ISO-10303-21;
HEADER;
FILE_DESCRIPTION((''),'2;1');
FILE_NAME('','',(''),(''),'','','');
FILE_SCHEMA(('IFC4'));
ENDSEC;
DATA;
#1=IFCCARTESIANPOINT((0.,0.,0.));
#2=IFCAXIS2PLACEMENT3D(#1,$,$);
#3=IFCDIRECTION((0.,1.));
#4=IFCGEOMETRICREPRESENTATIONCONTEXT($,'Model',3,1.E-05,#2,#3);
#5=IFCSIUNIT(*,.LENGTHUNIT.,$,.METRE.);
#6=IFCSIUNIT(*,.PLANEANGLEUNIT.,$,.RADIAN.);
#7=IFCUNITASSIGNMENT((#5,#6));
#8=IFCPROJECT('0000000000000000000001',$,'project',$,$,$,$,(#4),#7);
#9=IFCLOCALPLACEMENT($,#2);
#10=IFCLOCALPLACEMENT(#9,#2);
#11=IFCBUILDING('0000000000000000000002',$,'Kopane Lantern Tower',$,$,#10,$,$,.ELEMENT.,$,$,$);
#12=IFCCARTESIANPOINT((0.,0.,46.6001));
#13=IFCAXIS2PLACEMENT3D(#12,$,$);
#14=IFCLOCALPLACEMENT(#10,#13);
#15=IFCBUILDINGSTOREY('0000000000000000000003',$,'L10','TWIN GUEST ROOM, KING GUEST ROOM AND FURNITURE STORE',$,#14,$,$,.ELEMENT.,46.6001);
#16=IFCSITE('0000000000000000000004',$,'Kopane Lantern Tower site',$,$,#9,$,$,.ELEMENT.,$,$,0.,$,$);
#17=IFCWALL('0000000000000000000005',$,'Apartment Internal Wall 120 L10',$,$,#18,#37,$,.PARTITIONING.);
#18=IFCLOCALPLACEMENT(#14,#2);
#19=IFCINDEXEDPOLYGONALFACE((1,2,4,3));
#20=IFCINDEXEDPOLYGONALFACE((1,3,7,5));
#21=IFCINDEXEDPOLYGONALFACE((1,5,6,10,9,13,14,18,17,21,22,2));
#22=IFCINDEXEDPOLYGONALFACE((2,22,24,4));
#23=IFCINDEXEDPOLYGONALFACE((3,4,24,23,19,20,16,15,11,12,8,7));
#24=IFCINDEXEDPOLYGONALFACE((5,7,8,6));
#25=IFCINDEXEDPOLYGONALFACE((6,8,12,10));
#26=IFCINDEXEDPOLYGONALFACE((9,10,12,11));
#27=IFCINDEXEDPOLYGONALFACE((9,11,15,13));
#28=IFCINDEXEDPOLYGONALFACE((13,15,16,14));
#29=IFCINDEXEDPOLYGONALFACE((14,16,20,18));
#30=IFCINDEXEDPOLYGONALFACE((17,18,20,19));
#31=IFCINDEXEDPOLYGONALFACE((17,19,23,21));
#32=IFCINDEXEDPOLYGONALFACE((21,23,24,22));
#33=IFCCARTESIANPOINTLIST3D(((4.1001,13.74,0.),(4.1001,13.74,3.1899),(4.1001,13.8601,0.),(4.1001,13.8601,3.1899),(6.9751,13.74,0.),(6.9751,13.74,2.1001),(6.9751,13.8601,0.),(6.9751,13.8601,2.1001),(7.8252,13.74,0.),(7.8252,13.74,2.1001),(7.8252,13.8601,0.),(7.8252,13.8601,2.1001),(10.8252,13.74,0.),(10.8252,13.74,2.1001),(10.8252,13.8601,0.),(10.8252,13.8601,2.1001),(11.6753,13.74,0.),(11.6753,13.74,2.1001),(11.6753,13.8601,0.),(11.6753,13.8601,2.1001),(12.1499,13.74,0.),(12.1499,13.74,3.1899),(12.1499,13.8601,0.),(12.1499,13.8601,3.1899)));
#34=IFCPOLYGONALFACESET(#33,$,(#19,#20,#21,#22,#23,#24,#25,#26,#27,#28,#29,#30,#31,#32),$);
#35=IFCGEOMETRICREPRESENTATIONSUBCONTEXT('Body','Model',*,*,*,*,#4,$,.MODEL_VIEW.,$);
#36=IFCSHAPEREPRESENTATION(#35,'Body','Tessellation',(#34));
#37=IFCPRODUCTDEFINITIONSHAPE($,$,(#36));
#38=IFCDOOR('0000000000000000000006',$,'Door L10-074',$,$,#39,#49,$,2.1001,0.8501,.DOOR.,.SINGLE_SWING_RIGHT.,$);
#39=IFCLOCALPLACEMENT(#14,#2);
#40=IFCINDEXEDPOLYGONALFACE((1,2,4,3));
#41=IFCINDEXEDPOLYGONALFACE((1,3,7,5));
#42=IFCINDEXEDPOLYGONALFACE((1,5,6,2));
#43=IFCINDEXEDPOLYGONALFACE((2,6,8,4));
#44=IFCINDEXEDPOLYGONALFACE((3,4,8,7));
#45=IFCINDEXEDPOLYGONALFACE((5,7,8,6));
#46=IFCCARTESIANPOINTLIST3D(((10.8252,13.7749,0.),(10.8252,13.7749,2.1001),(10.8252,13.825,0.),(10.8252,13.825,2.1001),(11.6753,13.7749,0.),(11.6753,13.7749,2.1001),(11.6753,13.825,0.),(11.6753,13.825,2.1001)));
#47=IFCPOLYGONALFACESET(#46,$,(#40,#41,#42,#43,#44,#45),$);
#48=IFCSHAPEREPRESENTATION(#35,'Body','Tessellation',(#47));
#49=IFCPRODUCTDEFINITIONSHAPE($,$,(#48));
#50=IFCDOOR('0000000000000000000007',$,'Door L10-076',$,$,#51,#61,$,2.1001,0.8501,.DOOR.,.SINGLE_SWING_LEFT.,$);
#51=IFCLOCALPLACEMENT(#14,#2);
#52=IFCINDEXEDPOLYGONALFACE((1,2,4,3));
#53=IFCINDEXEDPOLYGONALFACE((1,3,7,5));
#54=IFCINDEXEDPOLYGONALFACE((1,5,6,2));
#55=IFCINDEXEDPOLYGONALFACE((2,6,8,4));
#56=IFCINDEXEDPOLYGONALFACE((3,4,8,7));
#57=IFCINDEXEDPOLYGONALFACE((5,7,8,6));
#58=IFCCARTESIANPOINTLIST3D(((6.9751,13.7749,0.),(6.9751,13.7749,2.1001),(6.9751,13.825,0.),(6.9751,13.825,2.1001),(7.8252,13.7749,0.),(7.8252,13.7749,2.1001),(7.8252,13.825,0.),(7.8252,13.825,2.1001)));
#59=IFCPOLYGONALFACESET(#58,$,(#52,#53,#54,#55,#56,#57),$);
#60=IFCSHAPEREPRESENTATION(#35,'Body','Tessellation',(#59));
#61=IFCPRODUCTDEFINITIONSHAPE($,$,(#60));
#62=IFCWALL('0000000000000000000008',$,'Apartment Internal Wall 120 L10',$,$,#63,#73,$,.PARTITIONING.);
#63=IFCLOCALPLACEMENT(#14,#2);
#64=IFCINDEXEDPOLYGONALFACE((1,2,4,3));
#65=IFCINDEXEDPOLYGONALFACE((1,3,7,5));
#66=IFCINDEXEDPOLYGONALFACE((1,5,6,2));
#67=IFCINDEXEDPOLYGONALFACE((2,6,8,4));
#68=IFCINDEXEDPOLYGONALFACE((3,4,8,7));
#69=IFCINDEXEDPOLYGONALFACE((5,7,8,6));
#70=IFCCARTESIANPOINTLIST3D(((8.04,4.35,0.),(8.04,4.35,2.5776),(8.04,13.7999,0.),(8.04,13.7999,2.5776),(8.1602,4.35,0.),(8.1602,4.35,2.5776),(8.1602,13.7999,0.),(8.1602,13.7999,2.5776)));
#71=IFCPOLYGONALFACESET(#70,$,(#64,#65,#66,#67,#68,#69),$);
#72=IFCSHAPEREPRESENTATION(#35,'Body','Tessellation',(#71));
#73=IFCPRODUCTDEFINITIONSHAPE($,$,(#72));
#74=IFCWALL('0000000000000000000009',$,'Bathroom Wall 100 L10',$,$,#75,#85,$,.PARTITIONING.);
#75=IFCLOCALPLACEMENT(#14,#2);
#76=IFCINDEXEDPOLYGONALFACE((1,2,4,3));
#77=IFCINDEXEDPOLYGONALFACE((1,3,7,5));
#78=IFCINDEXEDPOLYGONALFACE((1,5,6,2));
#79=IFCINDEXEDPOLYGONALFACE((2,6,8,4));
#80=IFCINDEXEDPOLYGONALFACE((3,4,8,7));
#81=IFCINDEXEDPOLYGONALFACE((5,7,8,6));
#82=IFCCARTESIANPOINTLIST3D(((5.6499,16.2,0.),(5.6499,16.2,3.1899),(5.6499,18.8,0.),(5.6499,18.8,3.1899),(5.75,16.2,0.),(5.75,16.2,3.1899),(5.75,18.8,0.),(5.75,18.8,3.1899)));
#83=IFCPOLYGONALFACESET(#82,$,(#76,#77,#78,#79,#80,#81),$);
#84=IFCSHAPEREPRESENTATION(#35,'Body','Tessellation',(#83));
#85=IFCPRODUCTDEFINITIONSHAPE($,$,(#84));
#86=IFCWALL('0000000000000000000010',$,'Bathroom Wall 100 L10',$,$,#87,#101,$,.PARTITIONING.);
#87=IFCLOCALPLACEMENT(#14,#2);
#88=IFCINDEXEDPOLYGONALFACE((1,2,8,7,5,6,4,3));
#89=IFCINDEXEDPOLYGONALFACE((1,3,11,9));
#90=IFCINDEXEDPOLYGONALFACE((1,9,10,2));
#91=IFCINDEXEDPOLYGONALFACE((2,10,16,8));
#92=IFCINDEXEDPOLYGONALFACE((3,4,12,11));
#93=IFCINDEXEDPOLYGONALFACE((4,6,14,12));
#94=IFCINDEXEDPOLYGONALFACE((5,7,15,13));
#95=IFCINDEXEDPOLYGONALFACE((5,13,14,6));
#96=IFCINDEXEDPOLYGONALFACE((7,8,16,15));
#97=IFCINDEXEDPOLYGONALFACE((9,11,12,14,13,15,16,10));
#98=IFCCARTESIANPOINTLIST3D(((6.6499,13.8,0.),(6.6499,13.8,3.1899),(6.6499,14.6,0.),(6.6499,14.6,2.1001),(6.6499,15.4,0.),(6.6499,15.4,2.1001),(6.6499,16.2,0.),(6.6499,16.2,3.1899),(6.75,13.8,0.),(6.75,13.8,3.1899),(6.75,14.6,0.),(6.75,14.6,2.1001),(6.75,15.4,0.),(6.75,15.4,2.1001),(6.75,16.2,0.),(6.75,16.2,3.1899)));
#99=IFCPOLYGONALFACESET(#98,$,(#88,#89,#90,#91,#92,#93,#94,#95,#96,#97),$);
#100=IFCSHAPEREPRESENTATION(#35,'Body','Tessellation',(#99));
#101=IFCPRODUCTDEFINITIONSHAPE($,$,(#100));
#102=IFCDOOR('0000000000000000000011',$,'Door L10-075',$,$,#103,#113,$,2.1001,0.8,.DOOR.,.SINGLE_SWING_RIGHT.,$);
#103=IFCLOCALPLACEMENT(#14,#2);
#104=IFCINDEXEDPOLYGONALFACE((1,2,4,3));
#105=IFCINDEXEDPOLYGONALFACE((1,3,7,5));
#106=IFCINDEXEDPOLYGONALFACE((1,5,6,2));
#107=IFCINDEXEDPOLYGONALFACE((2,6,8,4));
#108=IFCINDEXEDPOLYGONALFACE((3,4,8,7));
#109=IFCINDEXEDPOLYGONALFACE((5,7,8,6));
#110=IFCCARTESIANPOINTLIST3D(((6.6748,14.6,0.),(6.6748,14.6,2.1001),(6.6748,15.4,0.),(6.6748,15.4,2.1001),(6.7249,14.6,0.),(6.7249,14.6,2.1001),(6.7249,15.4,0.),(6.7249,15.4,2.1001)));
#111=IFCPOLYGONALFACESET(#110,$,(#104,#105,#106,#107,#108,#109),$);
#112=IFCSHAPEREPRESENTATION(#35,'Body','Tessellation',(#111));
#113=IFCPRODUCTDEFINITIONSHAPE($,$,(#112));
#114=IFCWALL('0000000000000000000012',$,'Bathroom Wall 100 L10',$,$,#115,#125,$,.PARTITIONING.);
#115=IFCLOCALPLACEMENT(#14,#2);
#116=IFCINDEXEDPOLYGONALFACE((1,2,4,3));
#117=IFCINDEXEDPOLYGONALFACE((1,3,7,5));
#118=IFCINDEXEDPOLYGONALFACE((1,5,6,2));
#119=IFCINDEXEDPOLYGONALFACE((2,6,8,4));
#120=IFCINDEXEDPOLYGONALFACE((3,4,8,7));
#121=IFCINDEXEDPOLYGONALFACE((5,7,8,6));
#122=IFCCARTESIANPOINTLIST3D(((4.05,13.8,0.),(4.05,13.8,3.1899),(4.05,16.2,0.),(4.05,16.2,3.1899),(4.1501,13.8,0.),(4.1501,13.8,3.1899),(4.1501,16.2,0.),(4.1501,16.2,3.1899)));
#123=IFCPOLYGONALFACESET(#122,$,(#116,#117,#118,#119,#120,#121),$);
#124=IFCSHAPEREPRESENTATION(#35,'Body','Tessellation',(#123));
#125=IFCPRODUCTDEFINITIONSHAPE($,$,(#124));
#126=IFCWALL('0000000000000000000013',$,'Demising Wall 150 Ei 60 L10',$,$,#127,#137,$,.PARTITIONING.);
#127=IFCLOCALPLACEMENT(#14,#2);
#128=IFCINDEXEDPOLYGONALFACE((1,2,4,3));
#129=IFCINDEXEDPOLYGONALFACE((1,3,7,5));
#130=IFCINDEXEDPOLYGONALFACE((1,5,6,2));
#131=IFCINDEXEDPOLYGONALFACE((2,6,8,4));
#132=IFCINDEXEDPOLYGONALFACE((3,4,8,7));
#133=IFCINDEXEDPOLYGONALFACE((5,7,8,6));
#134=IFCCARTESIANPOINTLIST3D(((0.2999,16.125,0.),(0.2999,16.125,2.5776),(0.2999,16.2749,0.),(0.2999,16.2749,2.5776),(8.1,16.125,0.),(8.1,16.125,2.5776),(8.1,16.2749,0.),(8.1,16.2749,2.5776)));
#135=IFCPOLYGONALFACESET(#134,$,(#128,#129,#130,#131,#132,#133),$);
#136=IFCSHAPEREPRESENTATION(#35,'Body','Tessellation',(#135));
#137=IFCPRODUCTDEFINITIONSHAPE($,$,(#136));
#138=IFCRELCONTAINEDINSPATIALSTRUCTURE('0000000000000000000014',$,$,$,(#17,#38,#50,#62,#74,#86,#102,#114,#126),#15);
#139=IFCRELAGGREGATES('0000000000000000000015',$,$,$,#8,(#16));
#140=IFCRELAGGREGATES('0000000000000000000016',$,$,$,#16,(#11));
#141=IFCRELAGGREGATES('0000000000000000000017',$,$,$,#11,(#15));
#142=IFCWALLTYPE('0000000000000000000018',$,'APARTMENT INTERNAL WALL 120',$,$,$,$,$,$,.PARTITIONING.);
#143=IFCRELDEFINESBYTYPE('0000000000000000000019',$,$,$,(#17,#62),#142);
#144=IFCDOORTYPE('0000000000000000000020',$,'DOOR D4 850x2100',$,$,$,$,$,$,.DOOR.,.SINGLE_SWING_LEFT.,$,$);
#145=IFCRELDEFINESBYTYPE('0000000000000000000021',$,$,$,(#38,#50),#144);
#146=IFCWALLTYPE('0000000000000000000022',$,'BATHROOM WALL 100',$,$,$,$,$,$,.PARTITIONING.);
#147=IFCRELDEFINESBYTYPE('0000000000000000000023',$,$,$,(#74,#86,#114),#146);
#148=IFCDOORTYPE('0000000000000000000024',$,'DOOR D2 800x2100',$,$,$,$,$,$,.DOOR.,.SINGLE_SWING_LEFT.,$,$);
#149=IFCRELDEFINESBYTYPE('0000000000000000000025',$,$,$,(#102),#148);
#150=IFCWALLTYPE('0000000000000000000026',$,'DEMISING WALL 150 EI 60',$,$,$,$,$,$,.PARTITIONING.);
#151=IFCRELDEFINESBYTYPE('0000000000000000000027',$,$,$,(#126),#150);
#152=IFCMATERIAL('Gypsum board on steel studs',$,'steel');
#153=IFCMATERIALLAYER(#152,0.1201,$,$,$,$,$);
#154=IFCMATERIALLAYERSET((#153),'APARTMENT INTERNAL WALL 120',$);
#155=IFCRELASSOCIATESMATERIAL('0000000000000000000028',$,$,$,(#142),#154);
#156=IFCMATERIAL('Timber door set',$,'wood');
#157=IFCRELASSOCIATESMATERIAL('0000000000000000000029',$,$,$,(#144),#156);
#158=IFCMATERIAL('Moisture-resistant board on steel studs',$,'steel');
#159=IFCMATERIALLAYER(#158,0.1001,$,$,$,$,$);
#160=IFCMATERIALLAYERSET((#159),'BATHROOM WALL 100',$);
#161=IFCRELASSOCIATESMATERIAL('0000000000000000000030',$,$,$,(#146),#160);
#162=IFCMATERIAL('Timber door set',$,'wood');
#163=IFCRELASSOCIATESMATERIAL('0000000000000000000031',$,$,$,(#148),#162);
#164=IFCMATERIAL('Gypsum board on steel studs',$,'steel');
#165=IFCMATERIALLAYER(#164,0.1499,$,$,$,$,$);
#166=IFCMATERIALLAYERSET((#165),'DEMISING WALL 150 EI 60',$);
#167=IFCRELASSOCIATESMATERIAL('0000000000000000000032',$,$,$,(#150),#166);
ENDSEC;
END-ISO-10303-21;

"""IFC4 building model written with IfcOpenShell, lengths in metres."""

from ifc_helpers import new_model, si_unit, direction, frame, frame_2d, origin, place, context, subcontext, project, spatial, rectangle, extrude, material, layer, layer_set, type_object, element, fill, save


model = new_model("IFC4")

# Units and contexts
model_context = context("Model", 3, precision=1e-05, world=origin(), true_north=direction((0.0, 1.0)))
body_context = subcontext(model_context, "Body", "Model", "MODEL_VIEW")
ifc_project = project(units=[si_unit("LENGTHUNIT", "METRE"), si_unit("PLANEANGLEUNIT", "RADIAN")], contexts=[model_context])

# Site, building, storey
site_placement = place(None, origin())
site = spatial("IfcSite", under=ifc_project, at=site_placement, Name="Kopane Lantern Tower site", CompositionType="ELEMENT", RefElevation=0.0)
building_placement = place(site_placement, origin())
building = spatial("IfcBuilding", under=site, at=building_placement, Name="Kopane Lantern Tower", CompositionType="ELEMENT")
storey_placement = place(building_placement, frame((0.0, 0.0, 46.6001)))
storey = spatial("IfcBuildingStorey", under=building, at=storey_placement, Name="L10", Description="TWIN GUEST ROOM, KING GUEST ROOM AND FURNITURE STORE", CompositionType="ELEMENT", Elevation=46.6001)

# Wall, openings, doors
ifc_material_1 = material(Name="Gypsum board on steel studs", Category="steel")
ifc_layer_1 = layer(ifc_material_1, 0.1201)
ifc_layer_set_1 = layer_set([ifc_layer_1], Name="APARTMENT INTERNAL WALL 120")
wall_type_1 = type_object("IfcWallType", Name="APARTMENT INTERNAL WALL 120", PredefinedType="PARTITIONING", material=ifc_layer_set_1)
wall_1_placement = place(storey_placement, frame((4.1001, 13.8, 0.0), z_axis=(0.0, 0.0, 1.0), x_axis=(1.0, 0.0, 0.0)))
wall_1 = element("IfcWall", 1, at=wall_1_placement, inside=storey, type_object=wall_type_1, Name="Apartment Internal Wall 120 L10", PredefinedType="PARTITIONING", context=body_context, shape_type="SweptSolid", body=[
    extrude(rectangle(XDim=8.0498, YDim=0.1201, at=frame_2d((4.0249, 0.0))), origin(), (0.0, 0.0, 1.0), 3.1899),
])
opening_1_placement = place(wall_1_placement, frame((6.7251, 0.0, 0.0)))
opening_1 = element("IfcOpeningElement", 2, at=opening_1_placement, cuts=wall_1, PredefinedType="OPENING", context=body_context, shape_type="SweptSolid", body=[
    extrude(rectangle(XDim=0.8501, YDim=2.1001, at=frame_2d((0.425, 1.05))), frame((0.0, 0.0701, 0.0), z_axis=(0.0, -1.0, 0.0), x_axis=(1.0, 0.0, 0.0)), (0.0, 0.0, 1.0), 0.1401),
])
opening_2_placement = place(wall_1_placement, frame((2.875, 0.0, 0.0)))
opening_2 = element("IfcOpeningElement", 3, at=opening_2_placement, cuts=wall_1, PredefinedType="OPENING", context=body_context, shape_type="SweptSolid", body=[
    extrude(rectangle(XDim=0.8501, YDim=2.1001, at=frame_2d((0.425, 1.05))), frame((0.0, 0.0701, 0.0), z_axis=(0.0, -1.0, 0.0), x_axis=(1.0, 0.0, 0.0)), (0.0, 0.0, 1.0), 0.1401),
])
ifc_material_2 = material(Name="Timber door set", Category="wood")
door_type_1 = type_object("IfcDoorType", Name="DOOR D4 850x2100", OperationType="SINGLE_SWING_LEFT", PredefinedType="DOOR", material=ifc_material_2)
door_1_placement = place(opening_1_placement, origin())
door_1 = element("IfcDoor", 4, at=door_1_placement, inside=storey, type_object=door_type_1, Name="Door L10-074", OperationType="SINGLE_SWING_RIGHT", OverallHeight=2.1001, OverallWidth=0.8501, PredefinedType="DOOR", context=body_context, shape_type="SweptSolid", body=[
    extrude(rectangle(XDim=0.8501, YDim=2.1001, at=frame_2d((0.425, 1.05))), frame((0.0, 0.0249, 0.0), z_axis=(0.0, -1.0, 0.0), x_axis=(1.0, 0.0, 0.0)), (0.0, 0.0, 1.0), 0.05),
])
fill(opening_1, door_1)
door_2_placement = place(opening_2_placement, origin())
door_2 = element("IfcDoor", 5, at=door_2_placement, inside=storey, type_object=door_type_1, Name="Door L10-076", OperationType="SINGLE_SWING_LEFT", OverallHeight=2.1001, OverallWidth=0.8501, PredefinedType="DOOR", context=body_context, shape_type="SweptSolid", body=[
    extrude(rectangle(XDim=0.8501, YDim=2.1001, at=frame_2d((0.425, 1.05))), frame((0.0, 0.0249, 0.0), z_axis=(0.0, -1.0, 0.0), x_axis=(1.0, 0.0, 0.0)), (0.0, 0.0, 1.0), 0.05),
])
fill(opening_2, door_2)

# Walls
wall_2_placement = place(storey_placement, frame((8.1001, 13.8, 0.0), z_axis=(0.0, 0.0, 1.0), x_axis=(0.0, -1.0, 0.0)))
element("IfcWall", 6, at=wall_2_placement, inside=storey, type_object=wall_type_1, Name="Apartment Internal Wall 120 L10", PredefinedType="PARTITIONING", context=body_context, shape_type="SweptSolid", body=[
    extrude(rectangle(XDim=9.45, YDim=0.1201, at=frame_2d((4.7251, 0.0))), origin(), (0.0, 0.0, 1.0), 2.5776),
])
ifc_material_3 = material(Name="Moisture-resistant board on steel studs", Category="steel")
ifc_layer_2 = layer(ifc_material_3, 0.1001)
ifc_layer_set_2 = layer_set([ifc_layer_2], Name="BATHROOM WALL 100")
wall_type_2 = type_object("IfcWallType", Name="BATHROOM WALL 100", PredefinedType="PARTITIONING", material=ifc_layer_set_2)
wall_3_placement = place(storey_placement, frame((5.7, 16.2, 0.0), z_axis=(0.0, 0.0, 1.0), x_axis=(0.0, 1.0, 0.0)))
element("IfcWall", 7, at=wall_3_placement, inside=storey, type_object=wall_type_2, Name="Bathroom Wall 100 L10", PredefinedType="PARTITIONING", context=body_context, shape_type="SweptSolid", body=[
    extrude(rectangle(XDim=2.6001, YDim=0.1001, at=frame_2d((1.3, 0.0))), origin(), (0.0, 0.0, 1.0), 3.1899),
])

# Wall, opening, door
wall_4_placement = place(storey_placement, frame((6.7, 16.2, 0.0), z_axis=(0.0, 0.0, 1.0), x_axis=(0.0, -1.0, 0.0)))
wall_4 = element("IfcWall", 8, at=wall_4_placement, inside=storey, type_object=wall_type_2, Name="Bathroom Wall 100 L10", PredefinedType="PARTITIONING", context=body_context, shape_type="SweptSolid", body=[
    extrude(rectangle(XDim=2.3999, YDim=0.1001, at=frame_2d((1.2, 0.0))), origin(), (0.0, 0.0, 1.0), 3.1899),
])
opening_3_placement = place(wall_4_placement, frame((0.8, 0.0, 0.0)))
opening_3 = element("IfcOpeningElement", 9, at=opening_3_placement, cuts=wall_4, PredefinedType="OPENING", context=body_context, shape_type="SweptSolid", body=[
    extrude(rectangle(XDim=0.8, YDim=2.1001, at=frame_2d((0.3999, 1.05))), frame((0.0, 0.0601, 0.0), z_axis=(0.0, -1.0, 0.0), x_axis=(1.0, 0.0, 0.0)), (0.0, 0.0, 1.0), 0.1201),
])
ifc_material_4 = material(Name="Timber door set", Category="wood")
door_type_2 = type_object("IfcDoorType", Name="DOOR D2 800x2100", OperationType="SINGLE_SWING_LEFT", PredefinedType="DOOR", material=ifc_material_4)
door_3_placement = place(opening_3_placement, origin())
door_3 = element("IfcDoor", 10, at=door_3_placement, inside=storey, type_object=door_type_2, Name="Door L10-075", OperationType="SINGLE_SWING_RIGHT", OverallHeight=2.1001, OverallWidth=0.8, PredefinedType="DOOR", context=body_context, shape_type="SweptSolid", body=[
    extrude(rectangle(XDim=0.8, YDim=2.1001, at=frame_2d((0.3999, 1.05))), frame((0.0, 0.0249, 0.0), z_axis=(0.0, -1.0, 0.0), x_axis=(1.0, 0.0, 0.0)), (0.0, 0.0, 1.0), 0.05),
])
fill(opening_3, door_3)

# Walls
wall_5_placement = place(storey_placement, frame((4.1001, 16.2, 0.0), z_axis=(0.0, 0.0, 1.0), x_axis=(0.0, -1.0, 0.0)))
element("IfcWall", 11, at=wall_5_placement, inside=storey, type_object=wall_type_2, Name="Bathroom Wall 100 L10", PredefinedType="PARTITIONING", context=body_context, shape_type="SweptSolid", body=[
    extrude(rectangle(XDim=2.3999, YDim=0.1001, at=frame_2d((1.2, 0.0))), origin(), (0.0, 0.0, 1.0), 3.1899),
])
ifc_material_5 = material(Name="Gypsum board on steel studs", Category="steel")
ifc_layer_3 = layer(ifc_material_5, 0.1499)
ifc_layer_set_3 = layer_set([ifc_layer_3], Name="DEMISING WALL 150 EI 60")
wall_type_3 = type_object("IfcWallType", Name="DEMISING WALL 150 EI 60", PredefinedType="PARTITIONING", material=ifc_layer_set_3)
wall_6_placement = place(storey_placement, frame((0.3, 16.2, 0.0), z_axis=(0.0, 0.0, 1.0), x_axis=(1.0, 0.0, 0.0)))
element("IfcWall", 12, at=wall_6_placement, inside=storey, type_object=wall_type_3, Name="Demising Wall 150 Ei 60 L10", PredefinedType="PARTITIONING", context=body_context, shape_type="SweptSolid", body=[
    extrude(rectangle(XDim=7.8, YDim=0.1499, at=frame_2d((3.8999, 0.0))), origin(), (0.0, 0.0, 1.0), 2.5776),
])

save(model, "model.ifc")
